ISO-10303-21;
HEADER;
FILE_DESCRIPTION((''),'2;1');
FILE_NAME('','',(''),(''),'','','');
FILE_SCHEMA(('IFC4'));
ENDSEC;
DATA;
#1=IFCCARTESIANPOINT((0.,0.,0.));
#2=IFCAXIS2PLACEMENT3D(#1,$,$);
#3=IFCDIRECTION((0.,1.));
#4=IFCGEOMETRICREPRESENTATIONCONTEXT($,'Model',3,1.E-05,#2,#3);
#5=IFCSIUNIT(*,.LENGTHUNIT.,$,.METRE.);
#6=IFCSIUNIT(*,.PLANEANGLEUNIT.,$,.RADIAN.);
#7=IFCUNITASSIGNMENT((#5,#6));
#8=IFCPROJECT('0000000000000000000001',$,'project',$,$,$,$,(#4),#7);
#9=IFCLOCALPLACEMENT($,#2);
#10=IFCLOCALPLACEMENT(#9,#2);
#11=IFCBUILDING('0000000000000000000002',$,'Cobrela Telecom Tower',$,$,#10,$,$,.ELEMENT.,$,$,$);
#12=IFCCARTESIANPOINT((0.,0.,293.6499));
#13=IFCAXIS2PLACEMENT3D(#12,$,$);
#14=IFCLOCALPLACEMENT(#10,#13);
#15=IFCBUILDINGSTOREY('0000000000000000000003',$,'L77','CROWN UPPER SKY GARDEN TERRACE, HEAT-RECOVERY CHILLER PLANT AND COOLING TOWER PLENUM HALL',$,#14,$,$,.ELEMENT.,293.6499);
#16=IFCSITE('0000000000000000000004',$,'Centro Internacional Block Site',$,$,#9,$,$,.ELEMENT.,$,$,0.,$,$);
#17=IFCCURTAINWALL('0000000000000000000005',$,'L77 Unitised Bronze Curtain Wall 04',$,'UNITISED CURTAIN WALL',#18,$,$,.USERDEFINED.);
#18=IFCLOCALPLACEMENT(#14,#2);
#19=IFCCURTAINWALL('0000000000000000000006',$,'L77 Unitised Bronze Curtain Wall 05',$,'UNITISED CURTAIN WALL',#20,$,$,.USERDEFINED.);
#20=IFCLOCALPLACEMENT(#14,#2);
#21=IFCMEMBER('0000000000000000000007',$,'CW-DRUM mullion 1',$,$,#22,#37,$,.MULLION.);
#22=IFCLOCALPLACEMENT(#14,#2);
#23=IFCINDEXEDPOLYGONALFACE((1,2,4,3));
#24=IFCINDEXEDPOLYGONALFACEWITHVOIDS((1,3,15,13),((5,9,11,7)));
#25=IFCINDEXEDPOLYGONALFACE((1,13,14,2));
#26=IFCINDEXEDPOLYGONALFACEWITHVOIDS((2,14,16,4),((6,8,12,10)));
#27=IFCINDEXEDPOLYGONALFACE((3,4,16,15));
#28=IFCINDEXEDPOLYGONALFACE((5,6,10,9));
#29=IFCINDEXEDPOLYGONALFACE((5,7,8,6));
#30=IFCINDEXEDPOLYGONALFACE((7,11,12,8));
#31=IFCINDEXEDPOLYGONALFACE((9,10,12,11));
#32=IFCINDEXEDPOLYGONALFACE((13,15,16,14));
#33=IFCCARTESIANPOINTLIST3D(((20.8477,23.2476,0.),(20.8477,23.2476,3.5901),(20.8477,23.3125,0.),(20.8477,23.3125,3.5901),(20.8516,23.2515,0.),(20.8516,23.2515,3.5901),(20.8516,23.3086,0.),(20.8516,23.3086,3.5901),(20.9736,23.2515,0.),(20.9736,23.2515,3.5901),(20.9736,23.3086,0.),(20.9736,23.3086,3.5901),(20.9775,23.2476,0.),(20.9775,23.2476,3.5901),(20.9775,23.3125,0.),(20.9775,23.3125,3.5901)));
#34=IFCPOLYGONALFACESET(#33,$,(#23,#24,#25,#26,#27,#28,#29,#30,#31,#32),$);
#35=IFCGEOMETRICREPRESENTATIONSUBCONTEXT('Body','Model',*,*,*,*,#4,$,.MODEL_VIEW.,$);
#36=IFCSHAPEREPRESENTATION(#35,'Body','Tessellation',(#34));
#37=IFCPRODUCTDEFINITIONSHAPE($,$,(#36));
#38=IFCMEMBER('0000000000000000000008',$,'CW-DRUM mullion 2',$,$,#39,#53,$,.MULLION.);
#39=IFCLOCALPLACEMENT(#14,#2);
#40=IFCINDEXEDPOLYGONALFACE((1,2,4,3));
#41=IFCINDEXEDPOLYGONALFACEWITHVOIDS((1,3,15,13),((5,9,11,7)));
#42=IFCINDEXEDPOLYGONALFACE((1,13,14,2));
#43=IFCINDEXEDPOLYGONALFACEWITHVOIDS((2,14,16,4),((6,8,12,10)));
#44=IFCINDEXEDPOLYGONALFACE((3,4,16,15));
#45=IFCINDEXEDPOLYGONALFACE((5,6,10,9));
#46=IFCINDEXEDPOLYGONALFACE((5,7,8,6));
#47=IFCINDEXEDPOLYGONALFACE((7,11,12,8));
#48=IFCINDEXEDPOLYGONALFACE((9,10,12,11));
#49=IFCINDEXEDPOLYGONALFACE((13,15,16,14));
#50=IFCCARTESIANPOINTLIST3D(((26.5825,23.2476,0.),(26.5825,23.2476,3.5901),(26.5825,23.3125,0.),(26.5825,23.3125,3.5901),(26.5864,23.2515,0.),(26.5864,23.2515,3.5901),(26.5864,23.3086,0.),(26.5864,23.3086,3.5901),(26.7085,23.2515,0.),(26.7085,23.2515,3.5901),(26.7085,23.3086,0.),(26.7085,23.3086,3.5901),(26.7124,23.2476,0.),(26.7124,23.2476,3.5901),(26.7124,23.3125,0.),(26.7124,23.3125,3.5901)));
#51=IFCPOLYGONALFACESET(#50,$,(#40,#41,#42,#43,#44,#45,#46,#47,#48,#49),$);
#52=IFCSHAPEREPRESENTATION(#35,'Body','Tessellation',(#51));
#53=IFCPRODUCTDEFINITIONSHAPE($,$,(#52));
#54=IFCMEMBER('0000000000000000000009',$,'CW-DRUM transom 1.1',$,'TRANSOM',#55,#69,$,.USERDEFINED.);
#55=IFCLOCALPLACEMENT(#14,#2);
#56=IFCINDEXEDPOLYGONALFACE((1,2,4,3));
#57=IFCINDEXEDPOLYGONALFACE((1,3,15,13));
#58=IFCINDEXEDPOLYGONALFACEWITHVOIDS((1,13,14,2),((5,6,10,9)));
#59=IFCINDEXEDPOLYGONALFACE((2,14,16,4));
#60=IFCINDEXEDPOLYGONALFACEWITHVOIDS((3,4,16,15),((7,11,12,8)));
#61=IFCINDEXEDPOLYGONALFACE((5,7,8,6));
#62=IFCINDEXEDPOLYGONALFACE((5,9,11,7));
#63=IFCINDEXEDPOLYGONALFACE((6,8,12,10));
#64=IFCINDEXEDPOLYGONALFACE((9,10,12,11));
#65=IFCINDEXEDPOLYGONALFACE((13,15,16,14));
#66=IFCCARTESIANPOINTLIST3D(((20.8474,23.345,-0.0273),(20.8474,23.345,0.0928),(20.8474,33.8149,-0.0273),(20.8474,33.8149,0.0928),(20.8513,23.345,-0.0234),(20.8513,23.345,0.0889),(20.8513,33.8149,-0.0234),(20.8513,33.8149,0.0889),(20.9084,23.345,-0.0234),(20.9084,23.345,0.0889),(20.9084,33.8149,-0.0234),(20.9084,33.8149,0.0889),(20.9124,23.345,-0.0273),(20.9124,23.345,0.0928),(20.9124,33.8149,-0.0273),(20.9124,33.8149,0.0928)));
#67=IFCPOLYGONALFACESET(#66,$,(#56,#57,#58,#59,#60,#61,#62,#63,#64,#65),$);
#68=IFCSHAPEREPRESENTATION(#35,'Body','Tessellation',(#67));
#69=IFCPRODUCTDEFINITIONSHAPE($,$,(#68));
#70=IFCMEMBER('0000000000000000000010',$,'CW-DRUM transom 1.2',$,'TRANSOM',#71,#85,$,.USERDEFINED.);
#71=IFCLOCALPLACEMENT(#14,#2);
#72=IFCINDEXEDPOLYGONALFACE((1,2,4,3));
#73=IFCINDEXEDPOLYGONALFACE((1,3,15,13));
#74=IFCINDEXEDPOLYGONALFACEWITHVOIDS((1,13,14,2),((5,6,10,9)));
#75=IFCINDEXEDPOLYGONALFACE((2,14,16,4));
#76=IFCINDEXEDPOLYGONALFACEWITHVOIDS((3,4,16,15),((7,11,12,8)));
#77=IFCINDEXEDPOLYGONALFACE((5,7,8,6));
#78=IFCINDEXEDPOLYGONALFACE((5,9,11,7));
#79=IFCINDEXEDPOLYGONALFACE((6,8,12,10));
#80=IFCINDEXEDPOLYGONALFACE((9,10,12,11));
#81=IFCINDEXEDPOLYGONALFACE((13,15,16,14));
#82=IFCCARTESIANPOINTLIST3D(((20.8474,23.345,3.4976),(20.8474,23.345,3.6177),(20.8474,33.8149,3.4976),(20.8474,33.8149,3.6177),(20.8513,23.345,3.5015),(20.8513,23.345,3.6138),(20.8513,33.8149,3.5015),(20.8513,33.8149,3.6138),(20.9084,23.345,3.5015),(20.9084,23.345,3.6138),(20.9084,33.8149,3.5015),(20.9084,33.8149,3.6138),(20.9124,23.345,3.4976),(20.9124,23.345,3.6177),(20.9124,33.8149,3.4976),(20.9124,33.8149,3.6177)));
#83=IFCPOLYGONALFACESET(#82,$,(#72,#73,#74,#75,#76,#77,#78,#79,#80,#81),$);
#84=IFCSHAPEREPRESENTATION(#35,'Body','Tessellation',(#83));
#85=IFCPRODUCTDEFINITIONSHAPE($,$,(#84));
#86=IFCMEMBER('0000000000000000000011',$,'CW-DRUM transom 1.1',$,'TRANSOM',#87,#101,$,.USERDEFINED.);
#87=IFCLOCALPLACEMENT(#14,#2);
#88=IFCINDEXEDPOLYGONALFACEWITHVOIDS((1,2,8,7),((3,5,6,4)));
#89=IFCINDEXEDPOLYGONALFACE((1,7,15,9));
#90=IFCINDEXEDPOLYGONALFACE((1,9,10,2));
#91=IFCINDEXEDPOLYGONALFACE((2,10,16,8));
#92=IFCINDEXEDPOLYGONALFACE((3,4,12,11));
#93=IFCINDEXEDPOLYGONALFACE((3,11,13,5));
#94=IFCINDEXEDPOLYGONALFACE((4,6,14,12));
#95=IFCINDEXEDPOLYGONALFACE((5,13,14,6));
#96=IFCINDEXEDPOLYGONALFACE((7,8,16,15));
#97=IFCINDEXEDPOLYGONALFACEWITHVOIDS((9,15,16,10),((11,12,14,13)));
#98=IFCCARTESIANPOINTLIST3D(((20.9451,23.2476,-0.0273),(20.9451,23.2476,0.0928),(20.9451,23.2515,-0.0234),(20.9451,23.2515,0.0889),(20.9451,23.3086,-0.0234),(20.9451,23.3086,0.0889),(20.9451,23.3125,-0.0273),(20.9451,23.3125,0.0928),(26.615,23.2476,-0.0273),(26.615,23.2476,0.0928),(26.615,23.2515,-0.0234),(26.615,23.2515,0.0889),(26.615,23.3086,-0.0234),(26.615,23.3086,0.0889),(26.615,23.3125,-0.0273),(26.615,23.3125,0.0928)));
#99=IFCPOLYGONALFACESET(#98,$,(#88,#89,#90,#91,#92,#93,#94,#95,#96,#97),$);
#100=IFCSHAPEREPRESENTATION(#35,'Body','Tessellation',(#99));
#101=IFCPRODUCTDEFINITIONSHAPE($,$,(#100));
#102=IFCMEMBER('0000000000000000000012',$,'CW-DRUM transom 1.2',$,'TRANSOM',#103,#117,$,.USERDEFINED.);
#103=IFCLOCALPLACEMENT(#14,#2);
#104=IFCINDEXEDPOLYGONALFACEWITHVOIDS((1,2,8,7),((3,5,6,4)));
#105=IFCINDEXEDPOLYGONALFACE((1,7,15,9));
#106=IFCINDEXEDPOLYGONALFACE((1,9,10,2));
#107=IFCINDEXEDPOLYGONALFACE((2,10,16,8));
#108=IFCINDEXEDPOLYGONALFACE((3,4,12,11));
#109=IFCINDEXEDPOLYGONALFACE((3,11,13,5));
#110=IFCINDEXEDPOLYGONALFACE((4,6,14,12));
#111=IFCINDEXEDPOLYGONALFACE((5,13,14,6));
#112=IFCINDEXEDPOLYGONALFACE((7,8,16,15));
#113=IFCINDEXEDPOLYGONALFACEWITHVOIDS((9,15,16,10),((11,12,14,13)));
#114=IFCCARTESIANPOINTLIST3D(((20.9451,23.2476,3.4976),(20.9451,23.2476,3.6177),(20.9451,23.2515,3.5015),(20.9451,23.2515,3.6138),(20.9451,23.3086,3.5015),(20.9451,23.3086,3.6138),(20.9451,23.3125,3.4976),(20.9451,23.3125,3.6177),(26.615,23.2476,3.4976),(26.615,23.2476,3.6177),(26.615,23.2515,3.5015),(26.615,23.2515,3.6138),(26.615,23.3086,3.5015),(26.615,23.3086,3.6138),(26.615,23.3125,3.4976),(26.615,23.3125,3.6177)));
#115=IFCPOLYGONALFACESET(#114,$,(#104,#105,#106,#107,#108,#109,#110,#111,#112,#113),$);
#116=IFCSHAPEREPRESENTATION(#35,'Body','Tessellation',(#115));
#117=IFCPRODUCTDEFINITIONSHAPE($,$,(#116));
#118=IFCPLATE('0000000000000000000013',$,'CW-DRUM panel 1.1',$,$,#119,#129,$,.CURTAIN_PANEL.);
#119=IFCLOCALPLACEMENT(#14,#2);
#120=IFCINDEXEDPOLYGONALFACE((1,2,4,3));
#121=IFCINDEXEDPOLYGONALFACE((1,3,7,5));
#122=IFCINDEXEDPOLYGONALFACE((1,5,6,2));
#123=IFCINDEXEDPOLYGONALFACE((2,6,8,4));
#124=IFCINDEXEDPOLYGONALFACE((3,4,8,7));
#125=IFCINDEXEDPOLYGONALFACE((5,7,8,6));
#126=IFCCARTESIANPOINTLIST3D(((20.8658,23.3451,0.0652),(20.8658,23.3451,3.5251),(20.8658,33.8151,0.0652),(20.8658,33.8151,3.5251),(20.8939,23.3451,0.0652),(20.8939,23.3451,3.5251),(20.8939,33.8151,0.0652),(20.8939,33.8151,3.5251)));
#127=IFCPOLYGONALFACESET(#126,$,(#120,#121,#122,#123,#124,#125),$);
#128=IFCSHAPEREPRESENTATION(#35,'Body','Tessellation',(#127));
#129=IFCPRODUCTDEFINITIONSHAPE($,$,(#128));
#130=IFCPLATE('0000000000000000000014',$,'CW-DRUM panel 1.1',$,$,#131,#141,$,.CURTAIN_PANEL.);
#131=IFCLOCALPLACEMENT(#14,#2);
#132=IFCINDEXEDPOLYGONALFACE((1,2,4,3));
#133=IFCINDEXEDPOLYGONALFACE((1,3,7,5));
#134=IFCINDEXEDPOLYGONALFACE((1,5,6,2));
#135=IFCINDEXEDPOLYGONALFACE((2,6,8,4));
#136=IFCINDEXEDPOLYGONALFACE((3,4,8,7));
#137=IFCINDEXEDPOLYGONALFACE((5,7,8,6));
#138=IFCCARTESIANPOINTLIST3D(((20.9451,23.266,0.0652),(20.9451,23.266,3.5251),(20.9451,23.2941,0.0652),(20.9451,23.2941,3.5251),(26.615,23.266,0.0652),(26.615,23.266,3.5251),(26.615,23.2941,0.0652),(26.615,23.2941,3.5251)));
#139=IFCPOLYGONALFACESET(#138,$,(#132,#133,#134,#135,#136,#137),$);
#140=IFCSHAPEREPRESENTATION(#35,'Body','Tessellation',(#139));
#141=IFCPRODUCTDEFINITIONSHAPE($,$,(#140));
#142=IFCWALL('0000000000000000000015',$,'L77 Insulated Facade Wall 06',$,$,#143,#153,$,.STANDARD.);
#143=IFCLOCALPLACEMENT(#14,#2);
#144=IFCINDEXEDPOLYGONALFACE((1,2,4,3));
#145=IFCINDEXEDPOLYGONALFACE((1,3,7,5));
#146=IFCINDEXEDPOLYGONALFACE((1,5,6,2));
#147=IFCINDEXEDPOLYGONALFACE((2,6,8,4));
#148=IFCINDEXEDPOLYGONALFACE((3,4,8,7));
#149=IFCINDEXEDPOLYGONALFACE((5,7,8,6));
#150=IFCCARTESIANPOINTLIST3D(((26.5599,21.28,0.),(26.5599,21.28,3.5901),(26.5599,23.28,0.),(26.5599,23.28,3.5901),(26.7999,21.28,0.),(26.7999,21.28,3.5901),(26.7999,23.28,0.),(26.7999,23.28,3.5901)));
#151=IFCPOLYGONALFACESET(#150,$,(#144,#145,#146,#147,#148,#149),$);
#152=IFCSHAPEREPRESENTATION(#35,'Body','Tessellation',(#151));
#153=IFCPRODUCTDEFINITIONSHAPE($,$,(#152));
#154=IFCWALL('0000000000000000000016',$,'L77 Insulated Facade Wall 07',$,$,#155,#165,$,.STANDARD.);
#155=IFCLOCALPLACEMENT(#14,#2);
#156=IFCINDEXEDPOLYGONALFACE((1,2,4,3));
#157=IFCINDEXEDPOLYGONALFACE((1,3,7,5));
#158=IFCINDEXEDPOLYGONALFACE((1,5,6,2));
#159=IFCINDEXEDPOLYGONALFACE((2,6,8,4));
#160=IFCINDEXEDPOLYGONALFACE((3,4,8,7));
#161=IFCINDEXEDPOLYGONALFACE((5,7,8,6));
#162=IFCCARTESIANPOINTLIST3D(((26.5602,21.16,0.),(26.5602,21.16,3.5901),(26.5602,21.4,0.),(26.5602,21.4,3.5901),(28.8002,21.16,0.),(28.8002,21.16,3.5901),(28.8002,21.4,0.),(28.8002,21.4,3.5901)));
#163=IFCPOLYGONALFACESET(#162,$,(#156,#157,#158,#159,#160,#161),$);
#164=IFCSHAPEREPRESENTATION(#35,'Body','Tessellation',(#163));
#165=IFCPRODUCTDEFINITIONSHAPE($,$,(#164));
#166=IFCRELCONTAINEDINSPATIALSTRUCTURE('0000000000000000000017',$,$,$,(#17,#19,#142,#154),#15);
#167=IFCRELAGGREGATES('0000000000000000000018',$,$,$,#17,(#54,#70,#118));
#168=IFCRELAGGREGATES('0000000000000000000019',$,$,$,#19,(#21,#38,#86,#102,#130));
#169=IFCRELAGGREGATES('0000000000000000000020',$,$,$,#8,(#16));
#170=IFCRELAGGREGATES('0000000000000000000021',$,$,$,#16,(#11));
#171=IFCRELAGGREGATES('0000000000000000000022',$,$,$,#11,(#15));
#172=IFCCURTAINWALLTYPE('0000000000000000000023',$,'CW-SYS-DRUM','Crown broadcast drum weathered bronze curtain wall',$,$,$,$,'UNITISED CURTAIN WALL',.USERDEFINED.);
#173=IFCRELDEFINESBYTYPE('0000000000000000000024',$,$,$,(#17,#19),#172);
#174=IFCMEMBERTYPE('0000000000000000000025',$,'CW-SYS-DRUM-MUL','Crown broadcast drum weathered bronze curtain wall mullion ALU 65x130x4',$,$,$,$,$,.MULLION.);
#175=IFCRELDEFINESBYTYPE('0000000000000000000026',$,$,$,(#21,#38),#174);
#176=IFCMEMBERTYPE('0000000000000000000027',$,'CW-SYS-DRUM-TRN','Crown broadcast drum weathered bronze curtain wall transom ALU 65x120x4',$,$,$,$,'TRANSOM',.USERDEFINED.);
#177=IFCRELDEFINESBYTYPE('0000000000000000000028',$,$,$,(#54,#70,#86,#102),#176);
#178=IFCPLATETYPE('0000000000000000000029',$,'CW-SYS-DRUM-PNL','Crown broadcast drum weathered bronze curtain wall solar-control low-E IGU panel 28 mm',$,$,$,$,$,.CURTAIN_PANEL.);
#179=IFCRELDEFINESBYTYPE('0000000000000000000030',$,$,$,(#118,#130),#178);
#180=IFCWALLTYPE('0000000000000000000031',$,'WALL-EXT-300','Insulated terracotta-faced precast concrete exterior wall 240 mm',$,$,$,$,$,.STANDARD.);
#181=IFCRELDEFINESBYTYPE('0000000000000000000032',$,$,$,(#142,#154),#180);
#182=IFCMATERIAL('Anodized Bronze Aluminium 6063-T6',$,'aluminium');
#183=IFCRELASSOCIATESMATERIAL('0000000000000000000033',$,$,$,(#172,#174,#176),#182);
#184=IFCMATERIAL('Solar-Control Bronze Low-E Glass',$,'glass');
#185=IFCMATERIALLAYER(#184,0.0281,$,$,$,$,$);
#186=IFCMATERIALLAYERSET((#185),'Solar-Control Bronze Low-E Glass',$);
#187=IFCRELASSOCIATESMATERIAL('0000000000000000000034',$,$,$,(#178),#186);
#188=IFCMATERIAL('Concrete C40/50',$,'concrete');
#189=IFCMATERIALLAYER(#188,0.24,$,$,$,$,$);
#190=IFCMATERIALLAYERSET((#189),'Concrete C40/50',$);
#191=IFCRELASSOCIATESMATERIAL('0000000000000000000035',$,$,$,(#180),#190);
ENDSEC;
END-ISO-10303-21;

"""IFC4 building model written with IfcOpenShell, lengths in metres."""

from ifc_helpers import new_model, si_unit, direction, frame, frame_2d, origin, origin_2d, place, context, subcontext, project, spatial, rectangle, hollow_rectangle, extrude, material, layer, layer_set, material_profile, profile_set, type_object, element, aggregate, save


model = new_model("IFC4")

# Units and contexts
model_context = context("Model", 3, precision=1e-05, world=origin(), true_north=direction((0.0, 1.0)))
body_context = subcontext(model_context, "Body", "Model", "MODEL_VIEW")
ifc_project = project(units=[si_unit("LENGTHUNIT", "METRE"), si_unit("PLANEANGLEUNIT", "RADIAN")], contexts=[model_context])

# Site, building, storey
site_placement = place(None, origin())
site = spatial("IfcSite", under=ifc_project, at=site_placement, Name="Centro Internacional Block Site", CompositionType="ELEMENT", RefElevation=0.0)
building_placement = place(site_placement, origin())
building = spatial("IfcBuilding", under=site, at=building_placement, Name="Cobrela Telecom Tower", CompositionType="ELEMENT")
storey_placement = place(building_placement, frame((0.0, 0.0, 293.6499)))
storey = spatial("IfcBuildingStorey", under=building, at=storey_placement, Name="L77", Description="CROWN UPPER SKY GARDEN TERRACE, HEAT-RECOVERY CHILLER PLANT AND COOLING TOWER PLENUM HALL", CompositionType="ELEMENT", Elevation=293.6499)

# Curtain wall
ifc_material_1 = material(Name="Anodized Bronze Aluminium 6063-T6", Category="aluminium")
curtain_wall_type = type_object("IfcCurtainWallType", Name="CW-SYS-DRUM", Description="Crown broadcast drum weathered bronze curtain wall", ElementType="UNITISED CURTAIN WALL", PredefinedType="USERDEFINED", material=ifc_material_1)
curtain_wall_1_placement = place(storey_placement, origin())
curtain_wall_1 = element("IfcCurtainWall", 1, at=curtain_wall_1_placement, inside=storey, type_object=curtain_wall_type, Name="L77 Unitised Bronze Curtain Wall 04", ObjectType="UNITISED CURTAIN WALL", PredefinedType="USERDEFINED")
ifc_material_profile_1 = material_profile(ifc_material_1, hollow_rectangle(XDim=0.0649, YDim=0.1299, WallThickness=0.0039, at=origin_2d()), Name="ALU 65x130x4")
ifc_profile_set_1 = profile_set([ifc_material_profile_1], Name="Anodized Bronze Aluminium 6063-T6")
member_type_1 = type_object("IfcMemberType", Name="CW-SYS-DRUM-MUL", Description="Crown broadcast drum weathered bronze curtain wall mullion ALU 65x130x4", PredefinedType="MULLION", material=ifc_profile_set_1)

# Curtain wall, members
curtain_wall_2_placement = place(storey_placement, origin())
curtain_wall_2 = element("IfcCurtainWall", 2, at=curtain_wall_2_placement, inside=storey, type_object=curtain_wall_type, Name="L77 Unitised Bronze Curtain Wall 05", ObjectType="UNITISED CURTAIN WALL", PredefinedType="USERDEFINED")
member_1_placement = place(storey_placement, frame((20.9126, 23.28, 0.0), z_axis=(0.0, 0.0, 1.0), x_axis=(0.0, 1.0, 0.0)))
member_1 = element("IfcMember", 3, at=member_1_placement, type_object=member_type_1, Name="CW-DRUM mullion 1", PredefinedType="MULLION", context=body_context, shape_type="SweptSolid", body=[
    extrude(hollow_rectangle(XDim=0.0649, YDim=0.1299, WallThickness=0.0039, at=origin_2d()), origin(), (0.0, 0.0, 1.0), 3.5901),
])
member_2_placement = place(storey_placement, frame((26.6475, 23.28, 0.0), z_axis=(0.0, 0.0, 1.0), x_axis=(0.0, 1.0, 0.0)))
member_2 = element("IfcMember", 4, at=member_2_placement, type_object=member_type_1, Name="CW-DRUM mullion 2", PredefinedType="MULLION", context=body_context, shape_type="SweptSolid", body=[
    extrude(hollow_rectangle(XDim=0.0649, YDim=0.1299, WallThickness=0.0039, at=origin_2d()), origin(), (0.0, 0.0, 1.0), 3.5901),
])

# Members
ifc_material_profile_2 = material_profile(ifc_material_1, hollow_rectangle(XDim=0.0649, YDim=0.1201, WallThickness=0.0039, at=origin_2d()), Name="ALU 65x120x4")
ifc_profile_set_2 = profile_set([ifc_material_profile_2], Name="Anodized Bronze Aluminium 6063-T6")
member_type_2 = type_object("IfcMemberType", Name="CW-SYS-DRUM-TRN", Description="Crown broadcast drum weathered bronze curtain wall transom ALU 65x120x4", ElementType="TRANSOM", PredefinedType="USERDEFINED", material=ifc_profile_set_2)
member_3_placement = place(storey_placement, frame((20.8799, 33.8149, 0.0327), z_axis=(0.0, -1.0, 0.0), x_axis=(1.0, 0.0, 0.0)))
member_3 = element("IfcMember", 5, at=member_3_placement, type_object=member_type_2, Name="CW-DRUM transom 1.1", ObjectType="TRANSOM", PredefinedType="USERDEFINED", context=body_context, shape_type="SweptSolid", body=[
    extrude(hollow_rectangle(XDim=0.0649, YDim=0.1201, WallThickness=0.0039, at=origin_2d()), origin(), (0.0, 0.0, 1.0), 10.47),
])
member_4_placement = place(storey_placement, frame((20.8799, 33.8149, 3.5576), z_axis=(0.0, -1.0, 0.0), x_axis=(1.0, 0.0, 0.0)))
member_4 = element("IfcMember", 6, at=member_4_placement, type_object=member_type_2, Name="CW-DRUM transom 1.2", ObjectType="TRANSOM", PredefinedType="USERDEFINED", context=body_context, shape_type="SweptSolid", body=[
    extrude(hollow_rectangle(XDim=0.0649, YDim=0.1201, WallThickness=0.0039, at=origin_2d()), origin(), (0.0, 0.0, 1.0), 10.47),
])
member_5_placement = place(storey_placement, frame((20.9451, 23.28, 0.0327), z_axis=(1.0, 0.0, 0.0), x_axis=(0.0, 1.0, 0.0)))
member_5 = element("IfcMember", 7, at=member_5_placement, type_object=member_type_2, Name="CW-DRUM transom 1.1", ObjectType="TRANSOM", PredefinedType="USERDEFINED", context=body_context, shape_type="SweptSolid", body=[
    extrude(hollow_rectangle(XDim=0.0649, YDim=0.1201, WallThickness=0.0039, at=origin_2d()), origin(), (0.0, 0.0, 1.0), 5.6699),
])
member_6_placement = place(storey_placement, frame((20.9451, 23.28, 3.5576), z_axis=(1.0, 0.0, 0.0), x_axis=(0.0, 1.0, 0.0)))
member_6 = element("IfcMember", 8, at=member_6_placement, type_object=member_type_2, Name="CW-DRUM transom 1.2", ObjectType="TRANSOM", PredefinedType="USERDEFINED", context=body_context, shape_type="SweptSolid", body=[
    extrude(hollow_rectangle(XDim=0.0649, YDim=0.1201, WallThickness=0.0039, at=origin_2d()), origin(), (0.0, 0.0, 1.0), 5.6699),
])

# Plates
ifc_material_2 = material(Name="Solar-Control Bronze Low-E Glass", Category="glass")
ifc_layer_1 = layer(ifc_material_2, 0.0281)
ifc_layer_set_1 = layer_set([ifc_layer_1], Name="Solar-Control Bronze Low-E Glass")
plate_type = type_object("IfcPlateType", Name="CW-SYS-DRUM-PNL", Description="Crown broadcast drum weathered bronze curtain wall solar-control low-E IGU panel 28 mm", PredefinedType="CURTAIN_PANEL", material=ifc_layer_set_1)
plate_1_placement = place(storey_placement, frame((20.8799, 28.5801, 0.0652), z_axis=(0.0, 0.0, 1.0), x_axis=(0.0, -1.0, 0.0)))
plate_1 = element("IfcPlate", 9, at=plate_1_placement, type_object=plate_type, Name="CW-DRUM panel 1.1", PredefinedType="CURTAIN_PANEL", context=body_context, shape_type="SweptSolid", body=[
    extrude(rectangle(XDim=10.47, YDim=0.0281, at=origin_2d()), origin(), (0.0, 0.0, 1.0), 3.46),
])
aggregate(curtain_wall_1, [member_3, member_4, plate_1])
plate_2_placement = place(storey_placement, frame((23.78, 23.28, 0.0652), z_axis=(0.0, 0.0, 1.0), x_axis=(1.0, 0.0, 0.0)))
plate_2 = element("IfcPlate", 10, at=plate_2_placement, type_object=plate_type, Name="CW-DRUM panel 1.1", PredefinedType="CURTAIN_PANEL", context=body_context, shape_type="SweptSolid", body=[
    extrude(rectangle(XDim=5.6699, YDim=0.0281, at=origin_2d()), origin(), (0.0, 0.0, 1.0), 3.46),
])
aggregate(curtain_wall_2, [member_1, member_2, member_5, member_6, plate_2])

# Walls
ifc_material_3 = material(Name="Concrete C40/50", Category="concrete")
ifc_layer_2 = layer(ifc_material_3, 0.24)
ifc_layer_set_2 = layer_set([ifc_layer_2], Name="Concrete C40/50")
wall_type = type_object("IfcWallType", Name="WALL-EXT-300", Description="Insulated terracotta-faced precast concrete exterior wall 240 mm", PredefinedType="STANDARD", material=ifc_layer_set_2)
wall_1_placement = place(storey_placement, frame((26.6799, 23.28, 0.0), z_axis=(0.0, 0.0, 1.0), x_axis=(0.0, -1.0, 0.0)))
element("IfcWall", 11, at=wall_1_placement, inside=storey, type_object=wall_type, Name="L77 Insulated Facade Wall 06", PredefinedType="STANDARD", context=body_context, shape_type="SweptSolid", body=[
    extrude(rectangle(XDim=2.0, YDim=0.24, at=frame_2d((1.0, 0.0))), origin(), (0.0, 0.0, 1.0), 3.5901),
])
wall_2_placement = place(storey_placement, frame((26.5601, 21.28, 0.0), z_axis=(0.0, 0.0, 1.0), x_axis=(1.0, 0.0, 0.0)))
element("IfcWall", 12, at=wall_2_placement, inside=storey, type_object=wall_type, Name="L77 Insulated Facade Wall 07", PredefinedType="STANDARD", context=body_context, shape_type="SweptSolid", body=[
    extrude(rectangle(XDim=2.24, YDim=0.24, at=frame_2d((1.1201, 0.0))), origin(), (0.0, 0.0, 1.0), 3.5901),
])

save(model, "model.ifc")
